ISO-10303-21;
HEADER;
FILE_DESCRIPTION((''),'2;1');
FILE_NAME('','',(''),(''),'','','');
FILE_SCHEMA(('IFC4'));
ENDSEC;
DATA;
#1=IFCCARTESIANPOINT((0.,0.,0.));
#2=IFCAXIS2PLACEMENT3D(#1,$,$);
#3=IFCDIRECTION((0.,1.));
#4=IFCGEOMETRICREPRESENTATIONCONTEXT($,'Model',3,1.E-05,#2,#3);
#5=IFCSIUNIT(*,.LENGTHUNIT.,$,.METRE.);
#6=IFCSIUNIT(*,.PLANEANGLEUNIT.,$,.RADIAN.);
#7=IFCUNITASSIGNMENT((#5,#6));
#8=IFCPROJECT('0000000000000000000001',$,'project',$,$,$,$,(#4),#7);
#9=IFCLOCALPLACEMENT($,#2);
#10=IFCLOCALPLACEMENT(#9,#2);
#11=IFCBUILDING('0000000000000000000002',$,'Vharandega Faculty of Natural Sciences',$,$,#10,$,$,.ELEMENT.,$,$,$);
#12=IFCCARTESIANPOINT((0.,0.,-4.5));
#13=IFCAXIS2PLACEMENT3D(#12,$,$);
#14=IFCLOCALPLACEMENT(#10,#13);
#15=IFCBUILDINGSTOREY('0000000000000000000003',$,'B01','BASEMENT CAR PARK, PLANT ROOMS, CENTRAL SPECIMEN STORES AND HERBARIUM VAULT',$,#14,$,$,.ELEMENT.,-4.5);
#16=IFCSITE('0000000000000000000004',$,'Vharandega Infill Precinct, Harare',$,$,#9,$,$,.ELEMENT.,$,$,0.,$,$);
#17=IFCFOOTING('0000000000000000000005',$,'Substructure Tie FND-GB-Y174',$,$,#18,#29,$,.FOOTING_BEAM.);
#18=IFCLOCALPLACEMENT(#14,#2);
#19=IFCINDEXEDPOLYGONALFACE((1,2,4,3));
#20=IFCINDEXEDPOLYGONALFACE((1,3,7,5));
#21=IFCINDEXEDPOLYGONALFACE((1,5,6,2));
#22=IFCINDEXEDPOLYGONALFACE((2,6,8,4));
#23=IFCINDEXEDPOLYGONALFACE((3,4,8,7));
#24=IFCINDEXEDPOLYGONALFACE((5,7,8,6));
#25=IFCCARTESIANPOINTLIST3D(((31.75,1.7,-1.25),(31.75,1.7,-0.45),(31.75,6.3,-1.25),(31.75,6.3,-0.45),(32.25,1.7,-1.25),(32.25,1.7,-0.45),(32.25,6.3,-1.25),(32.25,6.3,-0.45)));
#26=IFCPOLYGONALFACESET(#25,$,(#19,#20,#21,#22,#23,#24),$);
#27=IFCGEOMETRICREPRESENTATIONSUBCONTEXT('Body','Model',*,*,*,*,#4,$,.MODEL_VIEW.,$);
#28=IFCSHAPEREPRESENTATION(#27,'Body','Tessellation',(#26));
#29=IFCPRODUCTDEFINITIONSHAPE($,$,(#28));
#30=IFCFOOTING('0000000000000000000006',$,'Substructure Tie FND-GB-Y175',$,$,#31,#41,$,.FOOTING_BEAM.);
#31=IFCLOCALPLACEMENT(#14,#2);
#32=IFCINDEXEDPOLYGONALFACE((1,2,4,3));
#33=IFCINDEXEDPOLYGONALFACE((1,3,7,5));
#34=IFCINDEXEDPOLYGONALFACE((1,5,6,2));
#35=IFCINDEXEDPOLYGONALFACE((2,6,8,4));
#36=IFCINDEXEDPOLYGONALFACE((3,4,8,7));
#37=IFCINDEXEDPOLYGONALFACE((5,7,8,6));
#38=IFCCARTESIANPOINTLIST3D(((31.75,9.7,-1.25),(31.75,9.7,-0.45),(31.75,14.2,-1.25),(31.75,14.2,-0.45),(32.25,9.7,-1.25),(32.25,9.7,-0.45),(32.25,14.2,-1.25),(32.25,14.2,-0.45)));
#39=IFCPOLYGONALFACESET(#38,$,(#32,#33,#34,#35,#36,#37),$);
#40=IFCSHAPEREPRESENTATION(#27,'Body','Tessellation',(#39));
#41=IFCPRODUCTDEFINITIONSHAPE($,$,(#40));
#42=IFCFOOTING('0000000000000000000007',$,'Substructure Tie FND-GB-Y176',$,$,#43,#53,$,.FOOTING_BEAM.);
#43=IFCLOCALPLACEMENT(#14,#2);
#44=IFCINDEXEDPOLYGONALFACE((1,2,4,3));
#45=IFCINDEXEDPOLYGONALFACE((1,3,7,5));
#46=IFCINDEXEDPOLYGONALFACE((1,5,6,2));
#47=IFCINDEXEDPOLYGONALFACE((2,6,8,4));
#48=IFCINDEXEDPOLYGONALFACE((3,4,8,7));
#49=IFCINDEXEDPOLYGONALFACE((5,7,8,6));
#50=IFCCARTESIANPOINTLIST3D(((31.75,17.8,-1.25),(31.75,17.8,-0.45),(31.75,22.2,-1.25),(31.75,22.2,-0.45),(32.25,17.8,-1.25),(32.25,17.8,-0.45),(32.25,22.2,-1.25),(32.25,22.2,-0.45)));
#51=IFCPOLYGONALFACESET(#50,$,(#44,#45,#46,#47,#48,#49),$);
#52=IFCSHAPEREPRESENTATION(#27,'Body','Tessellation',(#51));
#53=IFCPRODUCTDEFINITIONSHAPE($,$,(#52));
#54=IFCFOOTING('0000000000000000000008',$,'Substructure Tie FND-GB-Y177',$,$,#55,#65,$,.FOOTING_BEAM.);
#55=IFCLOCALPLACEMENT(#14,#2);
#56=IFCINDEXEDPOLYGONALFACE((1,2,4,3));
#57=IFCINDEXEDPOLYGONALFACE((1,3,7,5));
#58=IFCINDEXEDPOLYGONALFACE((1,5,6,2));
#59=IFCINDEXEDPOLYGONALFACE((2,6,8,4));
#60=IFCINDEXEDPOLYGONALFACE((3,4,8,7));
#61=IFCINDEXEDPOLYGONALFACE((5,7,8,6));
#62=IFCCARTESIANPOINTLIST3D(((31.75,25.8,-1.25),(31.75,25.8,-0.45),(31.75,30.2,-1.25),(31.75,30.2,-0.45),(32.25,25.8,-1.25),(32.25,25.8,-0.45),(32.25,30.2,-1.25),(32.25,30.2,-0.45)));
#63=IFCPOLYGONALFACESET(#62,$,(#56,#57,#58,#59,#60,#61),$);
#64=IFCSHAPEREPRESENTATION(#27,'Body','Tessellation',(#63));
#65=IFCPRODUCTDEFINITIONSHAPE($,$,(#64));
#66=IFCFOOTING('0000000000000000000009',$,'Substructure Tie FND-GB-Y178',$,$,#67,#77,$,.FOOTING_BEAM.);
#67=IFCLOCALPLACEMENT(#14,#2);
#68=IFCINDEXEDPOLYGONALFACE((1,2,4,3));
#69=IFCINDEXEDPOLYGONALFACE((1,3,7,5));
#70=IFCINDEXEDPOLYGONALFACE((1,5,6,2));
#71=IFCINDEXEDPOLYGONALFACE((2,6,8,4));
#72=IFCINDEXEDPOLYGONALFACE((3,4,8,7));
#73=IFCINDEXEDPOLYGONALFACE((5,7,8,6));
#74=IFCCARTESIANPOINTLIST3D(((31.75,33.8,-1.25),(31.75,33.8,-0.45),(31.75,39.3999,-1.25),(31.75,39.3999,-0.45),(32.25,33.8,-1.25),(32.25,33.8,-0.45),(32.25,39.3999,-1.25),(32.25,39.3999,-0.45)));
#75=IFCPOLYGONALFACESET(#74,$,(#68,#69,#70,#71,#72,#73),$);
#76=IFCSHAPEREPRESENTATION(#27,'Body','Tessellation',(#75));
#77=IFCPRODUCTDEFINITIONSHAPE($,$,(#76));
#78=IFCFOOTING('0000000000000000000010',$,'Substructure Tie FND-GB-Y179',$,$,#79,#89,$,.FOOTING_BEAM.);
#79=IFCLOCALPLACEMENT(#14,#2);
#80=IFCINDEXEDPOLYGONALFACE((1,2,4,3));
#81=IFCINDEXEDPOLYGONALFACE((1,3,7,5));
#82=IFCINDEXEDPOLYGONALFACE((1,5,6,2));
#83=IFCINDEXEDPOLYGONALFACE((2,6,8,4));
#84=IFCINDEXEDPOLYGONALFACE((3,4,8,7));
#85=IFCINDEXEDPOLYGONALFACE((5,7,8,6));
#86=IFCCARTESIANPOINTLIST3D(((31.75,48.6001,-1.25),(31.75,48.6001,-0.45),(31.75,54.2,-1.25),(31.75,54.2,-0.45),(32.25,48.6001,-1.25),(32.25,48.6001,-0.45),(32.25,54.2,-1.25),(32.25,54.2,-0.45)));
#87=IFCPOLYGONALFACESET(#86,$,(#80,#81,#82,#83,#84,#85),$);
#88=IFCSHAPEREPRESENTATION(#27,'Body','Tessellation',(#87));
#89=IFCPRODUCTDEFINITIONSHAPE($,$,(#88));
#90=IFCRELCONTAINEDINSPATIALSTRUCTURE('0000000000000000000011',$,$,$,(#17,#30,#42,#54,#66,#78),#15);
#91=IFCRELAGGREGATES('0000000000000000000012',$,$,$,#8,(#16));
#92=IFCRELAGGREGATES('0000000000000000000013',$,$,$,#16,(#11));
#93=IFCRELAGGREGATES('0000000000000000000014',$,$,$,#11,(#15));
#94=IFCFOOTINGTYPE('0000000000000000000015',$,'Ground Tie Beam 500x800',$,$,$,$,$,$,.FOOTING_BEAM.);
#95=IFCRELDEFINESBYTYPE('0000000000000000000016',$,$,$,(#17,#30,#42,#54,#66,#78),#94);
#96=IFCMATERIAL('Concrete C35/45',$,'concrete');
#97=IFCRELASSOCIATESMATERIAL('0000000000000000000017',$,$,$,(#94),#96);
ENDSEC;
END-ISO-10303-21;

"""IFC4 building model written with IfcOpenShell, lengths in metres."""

from ifc_helpers import new_model, si_unit, direction, frame, origin, place, context, subcontext, project, spatial, polyline, outline, extrude, material, type_object, element, save


model = new_model("IFC4")

# Units and contexts
model_context = context("Model", 3, precision=1e-05, world=origin(), true_north=direction((0.0, 1.0)))
body_context = subcontext(model_context, "Body", "Model", "MODEL_VIEW")
ifc_project = project(units=[si_unit("LENGTHUNIT", "METRE"), si_unit("PLANEANGLEUNIT", "RADIAN")], contexts=[model_context])

# Site, building, storey
site_placement = place(None, origin())
site = spatial("IfcSite", under=ifc_project, at=site_placement, Name="Vharandega Infill Precinct, Harare", CompositionType="ELEMENT", RefElevation=0.0)
building_placement = place(site_placement, origin())
building = spatial("IfcBuilding", under=site, at=building_placement, Name="Vharandega Faculty of Natural Sciences", CompositionType="ELEMENT")
storey_placement = place(building_placement, frame((0.0, 0.0, -4.5)))
storey = spatial("IfcBuildingStorey", under=building, at=storey_placement, Name="B01", Description="BASEMENT CAR PARK, PLANT ROOMS, CENTRAL SPECIMEN STORES AND HERBARIUM VAULT", CompositionType="ELEMENT", Elevation=-4.5)

# Footings
ifc_material = material(Name="Concrete C35/45", Category="concrete")
footing_type = type_object("IfcFootingType", Name="Ground Tie Beam 500x800", PredefinedType="FOOTING_BEAM", material=ifc_material)
footing_1_placement = place(storey_placement, frame((0.0, 0.0, -1.25)))
element("IfcFooting", 1, at=footing_1_placement, inside=storey, type_object=footing_type, Name="Substructure Tie FND-GB-Y174", PredefinedType="FOOTING_BEAM", context=body_context, shape_type="SweptSolid", body=[
    extrude(outline(polyline([(31.75, 1.7), (32.25, 1.7), (32.25, 6.3), (31.75, 6.3), (31.75, 1.7)])), origin(), (0.0, 0.0, 1.0), 0.8),
])
footing_2_placement = place(storey_placement, frame((0.0, 0.0, -1.25)))
element("IfcFooting", 2, at=footing_2_placement, inside=storey, type_object=footing_type, Name="Substructure Tie FND-GB-Y175", PredefinedType="FOOTING_BEAM", context=body_context, shape_type="SweptSolid", body=[
    extrude(outline(polyline([(31.75, 9.7), (32.25, 9.7), (32.25, 14.2), (31.75, 14.2), (31.75, 9.7)])), origin(), (0.0, 0.0, 1.0), 0.8),
])
footing_3_placement = place(storey_placement, frame((0.0, 0.0, -1.25)))
element("IfcFooting", 3, at=footing_3_placement, inside=storey, type_object=footing_type, Name="Substructure Tie FND-GB-Y176", PredefinedType="FOOTING_BEAM", context=body_context, shape_type="SweptSolid", body=[
    extrude(outline(polyline([(31.75, 17.8), (32.25, 17.8), (32.25, 22.2), (31.75, 22.2), (31.75, 17.8)])), origin(), (0.0, 0.0, 1.0), 0.8),
])
footing_4_placement = place(storey_placement, frame((0.0, 0.0, -1.25)))
element("IfcFooting", 4, at=footing_4_placement, inside=storey, type_object=footing_type, Name="Substructure Tie FND-GB-Y177", PredefinedType="FOOTING_BEAM", context=body_context, shape_type="SweptSolid", body=[
    extrude(outline(polyline([(31.75, 25.8), (32.25, 25.8), (32.25, 30.2), (31.75, 30.2), (31.75, 25.8)])), origin(), (0.0, 0.0, 1.0), 0.8),
])
footing_5_placement = place(storey_placement, frame((0.0, 0.0, -1.25)))
element("IfcFooting", 5, at=footing_5_placement, inside=storey, type_object=footing_type, Name="Substructure Tie FND-GB-Y178", PredefinedType="FOOTING_BEAM", context=body_context, shape_type="SweptSolid", body=[
    extrude(outline(polyline([(31.75, 33.8), (32.25, 33.8), (32.25, 39.3999), (31.75, 39.3999), (31.75, 33.8)])), origin(), (0.0, 0.0, 1.0), 0.8),
])
footing_6_placement = place(storey_placement, frame((0.0, 0.0, -1.25)))
element("IfcFooting", 6, at=footing_6_placement, inside=storey, type_object=footing_type, Name="Substructure Tie FND-GB-Y179", PredefinedType="FOOTING_BEAM", context=body_context, shape_type="SweptSolid", body=[
    extrude(outline(polyline([(31.75, 48.6001), (32.25, 48.6001), (32.25, 54.2), (31.75, 54.2), (31.75, 48.6001)])), origin(), (0.0, 0.0, 1.0), 0.8),
])

save(model, "model.ifc")
